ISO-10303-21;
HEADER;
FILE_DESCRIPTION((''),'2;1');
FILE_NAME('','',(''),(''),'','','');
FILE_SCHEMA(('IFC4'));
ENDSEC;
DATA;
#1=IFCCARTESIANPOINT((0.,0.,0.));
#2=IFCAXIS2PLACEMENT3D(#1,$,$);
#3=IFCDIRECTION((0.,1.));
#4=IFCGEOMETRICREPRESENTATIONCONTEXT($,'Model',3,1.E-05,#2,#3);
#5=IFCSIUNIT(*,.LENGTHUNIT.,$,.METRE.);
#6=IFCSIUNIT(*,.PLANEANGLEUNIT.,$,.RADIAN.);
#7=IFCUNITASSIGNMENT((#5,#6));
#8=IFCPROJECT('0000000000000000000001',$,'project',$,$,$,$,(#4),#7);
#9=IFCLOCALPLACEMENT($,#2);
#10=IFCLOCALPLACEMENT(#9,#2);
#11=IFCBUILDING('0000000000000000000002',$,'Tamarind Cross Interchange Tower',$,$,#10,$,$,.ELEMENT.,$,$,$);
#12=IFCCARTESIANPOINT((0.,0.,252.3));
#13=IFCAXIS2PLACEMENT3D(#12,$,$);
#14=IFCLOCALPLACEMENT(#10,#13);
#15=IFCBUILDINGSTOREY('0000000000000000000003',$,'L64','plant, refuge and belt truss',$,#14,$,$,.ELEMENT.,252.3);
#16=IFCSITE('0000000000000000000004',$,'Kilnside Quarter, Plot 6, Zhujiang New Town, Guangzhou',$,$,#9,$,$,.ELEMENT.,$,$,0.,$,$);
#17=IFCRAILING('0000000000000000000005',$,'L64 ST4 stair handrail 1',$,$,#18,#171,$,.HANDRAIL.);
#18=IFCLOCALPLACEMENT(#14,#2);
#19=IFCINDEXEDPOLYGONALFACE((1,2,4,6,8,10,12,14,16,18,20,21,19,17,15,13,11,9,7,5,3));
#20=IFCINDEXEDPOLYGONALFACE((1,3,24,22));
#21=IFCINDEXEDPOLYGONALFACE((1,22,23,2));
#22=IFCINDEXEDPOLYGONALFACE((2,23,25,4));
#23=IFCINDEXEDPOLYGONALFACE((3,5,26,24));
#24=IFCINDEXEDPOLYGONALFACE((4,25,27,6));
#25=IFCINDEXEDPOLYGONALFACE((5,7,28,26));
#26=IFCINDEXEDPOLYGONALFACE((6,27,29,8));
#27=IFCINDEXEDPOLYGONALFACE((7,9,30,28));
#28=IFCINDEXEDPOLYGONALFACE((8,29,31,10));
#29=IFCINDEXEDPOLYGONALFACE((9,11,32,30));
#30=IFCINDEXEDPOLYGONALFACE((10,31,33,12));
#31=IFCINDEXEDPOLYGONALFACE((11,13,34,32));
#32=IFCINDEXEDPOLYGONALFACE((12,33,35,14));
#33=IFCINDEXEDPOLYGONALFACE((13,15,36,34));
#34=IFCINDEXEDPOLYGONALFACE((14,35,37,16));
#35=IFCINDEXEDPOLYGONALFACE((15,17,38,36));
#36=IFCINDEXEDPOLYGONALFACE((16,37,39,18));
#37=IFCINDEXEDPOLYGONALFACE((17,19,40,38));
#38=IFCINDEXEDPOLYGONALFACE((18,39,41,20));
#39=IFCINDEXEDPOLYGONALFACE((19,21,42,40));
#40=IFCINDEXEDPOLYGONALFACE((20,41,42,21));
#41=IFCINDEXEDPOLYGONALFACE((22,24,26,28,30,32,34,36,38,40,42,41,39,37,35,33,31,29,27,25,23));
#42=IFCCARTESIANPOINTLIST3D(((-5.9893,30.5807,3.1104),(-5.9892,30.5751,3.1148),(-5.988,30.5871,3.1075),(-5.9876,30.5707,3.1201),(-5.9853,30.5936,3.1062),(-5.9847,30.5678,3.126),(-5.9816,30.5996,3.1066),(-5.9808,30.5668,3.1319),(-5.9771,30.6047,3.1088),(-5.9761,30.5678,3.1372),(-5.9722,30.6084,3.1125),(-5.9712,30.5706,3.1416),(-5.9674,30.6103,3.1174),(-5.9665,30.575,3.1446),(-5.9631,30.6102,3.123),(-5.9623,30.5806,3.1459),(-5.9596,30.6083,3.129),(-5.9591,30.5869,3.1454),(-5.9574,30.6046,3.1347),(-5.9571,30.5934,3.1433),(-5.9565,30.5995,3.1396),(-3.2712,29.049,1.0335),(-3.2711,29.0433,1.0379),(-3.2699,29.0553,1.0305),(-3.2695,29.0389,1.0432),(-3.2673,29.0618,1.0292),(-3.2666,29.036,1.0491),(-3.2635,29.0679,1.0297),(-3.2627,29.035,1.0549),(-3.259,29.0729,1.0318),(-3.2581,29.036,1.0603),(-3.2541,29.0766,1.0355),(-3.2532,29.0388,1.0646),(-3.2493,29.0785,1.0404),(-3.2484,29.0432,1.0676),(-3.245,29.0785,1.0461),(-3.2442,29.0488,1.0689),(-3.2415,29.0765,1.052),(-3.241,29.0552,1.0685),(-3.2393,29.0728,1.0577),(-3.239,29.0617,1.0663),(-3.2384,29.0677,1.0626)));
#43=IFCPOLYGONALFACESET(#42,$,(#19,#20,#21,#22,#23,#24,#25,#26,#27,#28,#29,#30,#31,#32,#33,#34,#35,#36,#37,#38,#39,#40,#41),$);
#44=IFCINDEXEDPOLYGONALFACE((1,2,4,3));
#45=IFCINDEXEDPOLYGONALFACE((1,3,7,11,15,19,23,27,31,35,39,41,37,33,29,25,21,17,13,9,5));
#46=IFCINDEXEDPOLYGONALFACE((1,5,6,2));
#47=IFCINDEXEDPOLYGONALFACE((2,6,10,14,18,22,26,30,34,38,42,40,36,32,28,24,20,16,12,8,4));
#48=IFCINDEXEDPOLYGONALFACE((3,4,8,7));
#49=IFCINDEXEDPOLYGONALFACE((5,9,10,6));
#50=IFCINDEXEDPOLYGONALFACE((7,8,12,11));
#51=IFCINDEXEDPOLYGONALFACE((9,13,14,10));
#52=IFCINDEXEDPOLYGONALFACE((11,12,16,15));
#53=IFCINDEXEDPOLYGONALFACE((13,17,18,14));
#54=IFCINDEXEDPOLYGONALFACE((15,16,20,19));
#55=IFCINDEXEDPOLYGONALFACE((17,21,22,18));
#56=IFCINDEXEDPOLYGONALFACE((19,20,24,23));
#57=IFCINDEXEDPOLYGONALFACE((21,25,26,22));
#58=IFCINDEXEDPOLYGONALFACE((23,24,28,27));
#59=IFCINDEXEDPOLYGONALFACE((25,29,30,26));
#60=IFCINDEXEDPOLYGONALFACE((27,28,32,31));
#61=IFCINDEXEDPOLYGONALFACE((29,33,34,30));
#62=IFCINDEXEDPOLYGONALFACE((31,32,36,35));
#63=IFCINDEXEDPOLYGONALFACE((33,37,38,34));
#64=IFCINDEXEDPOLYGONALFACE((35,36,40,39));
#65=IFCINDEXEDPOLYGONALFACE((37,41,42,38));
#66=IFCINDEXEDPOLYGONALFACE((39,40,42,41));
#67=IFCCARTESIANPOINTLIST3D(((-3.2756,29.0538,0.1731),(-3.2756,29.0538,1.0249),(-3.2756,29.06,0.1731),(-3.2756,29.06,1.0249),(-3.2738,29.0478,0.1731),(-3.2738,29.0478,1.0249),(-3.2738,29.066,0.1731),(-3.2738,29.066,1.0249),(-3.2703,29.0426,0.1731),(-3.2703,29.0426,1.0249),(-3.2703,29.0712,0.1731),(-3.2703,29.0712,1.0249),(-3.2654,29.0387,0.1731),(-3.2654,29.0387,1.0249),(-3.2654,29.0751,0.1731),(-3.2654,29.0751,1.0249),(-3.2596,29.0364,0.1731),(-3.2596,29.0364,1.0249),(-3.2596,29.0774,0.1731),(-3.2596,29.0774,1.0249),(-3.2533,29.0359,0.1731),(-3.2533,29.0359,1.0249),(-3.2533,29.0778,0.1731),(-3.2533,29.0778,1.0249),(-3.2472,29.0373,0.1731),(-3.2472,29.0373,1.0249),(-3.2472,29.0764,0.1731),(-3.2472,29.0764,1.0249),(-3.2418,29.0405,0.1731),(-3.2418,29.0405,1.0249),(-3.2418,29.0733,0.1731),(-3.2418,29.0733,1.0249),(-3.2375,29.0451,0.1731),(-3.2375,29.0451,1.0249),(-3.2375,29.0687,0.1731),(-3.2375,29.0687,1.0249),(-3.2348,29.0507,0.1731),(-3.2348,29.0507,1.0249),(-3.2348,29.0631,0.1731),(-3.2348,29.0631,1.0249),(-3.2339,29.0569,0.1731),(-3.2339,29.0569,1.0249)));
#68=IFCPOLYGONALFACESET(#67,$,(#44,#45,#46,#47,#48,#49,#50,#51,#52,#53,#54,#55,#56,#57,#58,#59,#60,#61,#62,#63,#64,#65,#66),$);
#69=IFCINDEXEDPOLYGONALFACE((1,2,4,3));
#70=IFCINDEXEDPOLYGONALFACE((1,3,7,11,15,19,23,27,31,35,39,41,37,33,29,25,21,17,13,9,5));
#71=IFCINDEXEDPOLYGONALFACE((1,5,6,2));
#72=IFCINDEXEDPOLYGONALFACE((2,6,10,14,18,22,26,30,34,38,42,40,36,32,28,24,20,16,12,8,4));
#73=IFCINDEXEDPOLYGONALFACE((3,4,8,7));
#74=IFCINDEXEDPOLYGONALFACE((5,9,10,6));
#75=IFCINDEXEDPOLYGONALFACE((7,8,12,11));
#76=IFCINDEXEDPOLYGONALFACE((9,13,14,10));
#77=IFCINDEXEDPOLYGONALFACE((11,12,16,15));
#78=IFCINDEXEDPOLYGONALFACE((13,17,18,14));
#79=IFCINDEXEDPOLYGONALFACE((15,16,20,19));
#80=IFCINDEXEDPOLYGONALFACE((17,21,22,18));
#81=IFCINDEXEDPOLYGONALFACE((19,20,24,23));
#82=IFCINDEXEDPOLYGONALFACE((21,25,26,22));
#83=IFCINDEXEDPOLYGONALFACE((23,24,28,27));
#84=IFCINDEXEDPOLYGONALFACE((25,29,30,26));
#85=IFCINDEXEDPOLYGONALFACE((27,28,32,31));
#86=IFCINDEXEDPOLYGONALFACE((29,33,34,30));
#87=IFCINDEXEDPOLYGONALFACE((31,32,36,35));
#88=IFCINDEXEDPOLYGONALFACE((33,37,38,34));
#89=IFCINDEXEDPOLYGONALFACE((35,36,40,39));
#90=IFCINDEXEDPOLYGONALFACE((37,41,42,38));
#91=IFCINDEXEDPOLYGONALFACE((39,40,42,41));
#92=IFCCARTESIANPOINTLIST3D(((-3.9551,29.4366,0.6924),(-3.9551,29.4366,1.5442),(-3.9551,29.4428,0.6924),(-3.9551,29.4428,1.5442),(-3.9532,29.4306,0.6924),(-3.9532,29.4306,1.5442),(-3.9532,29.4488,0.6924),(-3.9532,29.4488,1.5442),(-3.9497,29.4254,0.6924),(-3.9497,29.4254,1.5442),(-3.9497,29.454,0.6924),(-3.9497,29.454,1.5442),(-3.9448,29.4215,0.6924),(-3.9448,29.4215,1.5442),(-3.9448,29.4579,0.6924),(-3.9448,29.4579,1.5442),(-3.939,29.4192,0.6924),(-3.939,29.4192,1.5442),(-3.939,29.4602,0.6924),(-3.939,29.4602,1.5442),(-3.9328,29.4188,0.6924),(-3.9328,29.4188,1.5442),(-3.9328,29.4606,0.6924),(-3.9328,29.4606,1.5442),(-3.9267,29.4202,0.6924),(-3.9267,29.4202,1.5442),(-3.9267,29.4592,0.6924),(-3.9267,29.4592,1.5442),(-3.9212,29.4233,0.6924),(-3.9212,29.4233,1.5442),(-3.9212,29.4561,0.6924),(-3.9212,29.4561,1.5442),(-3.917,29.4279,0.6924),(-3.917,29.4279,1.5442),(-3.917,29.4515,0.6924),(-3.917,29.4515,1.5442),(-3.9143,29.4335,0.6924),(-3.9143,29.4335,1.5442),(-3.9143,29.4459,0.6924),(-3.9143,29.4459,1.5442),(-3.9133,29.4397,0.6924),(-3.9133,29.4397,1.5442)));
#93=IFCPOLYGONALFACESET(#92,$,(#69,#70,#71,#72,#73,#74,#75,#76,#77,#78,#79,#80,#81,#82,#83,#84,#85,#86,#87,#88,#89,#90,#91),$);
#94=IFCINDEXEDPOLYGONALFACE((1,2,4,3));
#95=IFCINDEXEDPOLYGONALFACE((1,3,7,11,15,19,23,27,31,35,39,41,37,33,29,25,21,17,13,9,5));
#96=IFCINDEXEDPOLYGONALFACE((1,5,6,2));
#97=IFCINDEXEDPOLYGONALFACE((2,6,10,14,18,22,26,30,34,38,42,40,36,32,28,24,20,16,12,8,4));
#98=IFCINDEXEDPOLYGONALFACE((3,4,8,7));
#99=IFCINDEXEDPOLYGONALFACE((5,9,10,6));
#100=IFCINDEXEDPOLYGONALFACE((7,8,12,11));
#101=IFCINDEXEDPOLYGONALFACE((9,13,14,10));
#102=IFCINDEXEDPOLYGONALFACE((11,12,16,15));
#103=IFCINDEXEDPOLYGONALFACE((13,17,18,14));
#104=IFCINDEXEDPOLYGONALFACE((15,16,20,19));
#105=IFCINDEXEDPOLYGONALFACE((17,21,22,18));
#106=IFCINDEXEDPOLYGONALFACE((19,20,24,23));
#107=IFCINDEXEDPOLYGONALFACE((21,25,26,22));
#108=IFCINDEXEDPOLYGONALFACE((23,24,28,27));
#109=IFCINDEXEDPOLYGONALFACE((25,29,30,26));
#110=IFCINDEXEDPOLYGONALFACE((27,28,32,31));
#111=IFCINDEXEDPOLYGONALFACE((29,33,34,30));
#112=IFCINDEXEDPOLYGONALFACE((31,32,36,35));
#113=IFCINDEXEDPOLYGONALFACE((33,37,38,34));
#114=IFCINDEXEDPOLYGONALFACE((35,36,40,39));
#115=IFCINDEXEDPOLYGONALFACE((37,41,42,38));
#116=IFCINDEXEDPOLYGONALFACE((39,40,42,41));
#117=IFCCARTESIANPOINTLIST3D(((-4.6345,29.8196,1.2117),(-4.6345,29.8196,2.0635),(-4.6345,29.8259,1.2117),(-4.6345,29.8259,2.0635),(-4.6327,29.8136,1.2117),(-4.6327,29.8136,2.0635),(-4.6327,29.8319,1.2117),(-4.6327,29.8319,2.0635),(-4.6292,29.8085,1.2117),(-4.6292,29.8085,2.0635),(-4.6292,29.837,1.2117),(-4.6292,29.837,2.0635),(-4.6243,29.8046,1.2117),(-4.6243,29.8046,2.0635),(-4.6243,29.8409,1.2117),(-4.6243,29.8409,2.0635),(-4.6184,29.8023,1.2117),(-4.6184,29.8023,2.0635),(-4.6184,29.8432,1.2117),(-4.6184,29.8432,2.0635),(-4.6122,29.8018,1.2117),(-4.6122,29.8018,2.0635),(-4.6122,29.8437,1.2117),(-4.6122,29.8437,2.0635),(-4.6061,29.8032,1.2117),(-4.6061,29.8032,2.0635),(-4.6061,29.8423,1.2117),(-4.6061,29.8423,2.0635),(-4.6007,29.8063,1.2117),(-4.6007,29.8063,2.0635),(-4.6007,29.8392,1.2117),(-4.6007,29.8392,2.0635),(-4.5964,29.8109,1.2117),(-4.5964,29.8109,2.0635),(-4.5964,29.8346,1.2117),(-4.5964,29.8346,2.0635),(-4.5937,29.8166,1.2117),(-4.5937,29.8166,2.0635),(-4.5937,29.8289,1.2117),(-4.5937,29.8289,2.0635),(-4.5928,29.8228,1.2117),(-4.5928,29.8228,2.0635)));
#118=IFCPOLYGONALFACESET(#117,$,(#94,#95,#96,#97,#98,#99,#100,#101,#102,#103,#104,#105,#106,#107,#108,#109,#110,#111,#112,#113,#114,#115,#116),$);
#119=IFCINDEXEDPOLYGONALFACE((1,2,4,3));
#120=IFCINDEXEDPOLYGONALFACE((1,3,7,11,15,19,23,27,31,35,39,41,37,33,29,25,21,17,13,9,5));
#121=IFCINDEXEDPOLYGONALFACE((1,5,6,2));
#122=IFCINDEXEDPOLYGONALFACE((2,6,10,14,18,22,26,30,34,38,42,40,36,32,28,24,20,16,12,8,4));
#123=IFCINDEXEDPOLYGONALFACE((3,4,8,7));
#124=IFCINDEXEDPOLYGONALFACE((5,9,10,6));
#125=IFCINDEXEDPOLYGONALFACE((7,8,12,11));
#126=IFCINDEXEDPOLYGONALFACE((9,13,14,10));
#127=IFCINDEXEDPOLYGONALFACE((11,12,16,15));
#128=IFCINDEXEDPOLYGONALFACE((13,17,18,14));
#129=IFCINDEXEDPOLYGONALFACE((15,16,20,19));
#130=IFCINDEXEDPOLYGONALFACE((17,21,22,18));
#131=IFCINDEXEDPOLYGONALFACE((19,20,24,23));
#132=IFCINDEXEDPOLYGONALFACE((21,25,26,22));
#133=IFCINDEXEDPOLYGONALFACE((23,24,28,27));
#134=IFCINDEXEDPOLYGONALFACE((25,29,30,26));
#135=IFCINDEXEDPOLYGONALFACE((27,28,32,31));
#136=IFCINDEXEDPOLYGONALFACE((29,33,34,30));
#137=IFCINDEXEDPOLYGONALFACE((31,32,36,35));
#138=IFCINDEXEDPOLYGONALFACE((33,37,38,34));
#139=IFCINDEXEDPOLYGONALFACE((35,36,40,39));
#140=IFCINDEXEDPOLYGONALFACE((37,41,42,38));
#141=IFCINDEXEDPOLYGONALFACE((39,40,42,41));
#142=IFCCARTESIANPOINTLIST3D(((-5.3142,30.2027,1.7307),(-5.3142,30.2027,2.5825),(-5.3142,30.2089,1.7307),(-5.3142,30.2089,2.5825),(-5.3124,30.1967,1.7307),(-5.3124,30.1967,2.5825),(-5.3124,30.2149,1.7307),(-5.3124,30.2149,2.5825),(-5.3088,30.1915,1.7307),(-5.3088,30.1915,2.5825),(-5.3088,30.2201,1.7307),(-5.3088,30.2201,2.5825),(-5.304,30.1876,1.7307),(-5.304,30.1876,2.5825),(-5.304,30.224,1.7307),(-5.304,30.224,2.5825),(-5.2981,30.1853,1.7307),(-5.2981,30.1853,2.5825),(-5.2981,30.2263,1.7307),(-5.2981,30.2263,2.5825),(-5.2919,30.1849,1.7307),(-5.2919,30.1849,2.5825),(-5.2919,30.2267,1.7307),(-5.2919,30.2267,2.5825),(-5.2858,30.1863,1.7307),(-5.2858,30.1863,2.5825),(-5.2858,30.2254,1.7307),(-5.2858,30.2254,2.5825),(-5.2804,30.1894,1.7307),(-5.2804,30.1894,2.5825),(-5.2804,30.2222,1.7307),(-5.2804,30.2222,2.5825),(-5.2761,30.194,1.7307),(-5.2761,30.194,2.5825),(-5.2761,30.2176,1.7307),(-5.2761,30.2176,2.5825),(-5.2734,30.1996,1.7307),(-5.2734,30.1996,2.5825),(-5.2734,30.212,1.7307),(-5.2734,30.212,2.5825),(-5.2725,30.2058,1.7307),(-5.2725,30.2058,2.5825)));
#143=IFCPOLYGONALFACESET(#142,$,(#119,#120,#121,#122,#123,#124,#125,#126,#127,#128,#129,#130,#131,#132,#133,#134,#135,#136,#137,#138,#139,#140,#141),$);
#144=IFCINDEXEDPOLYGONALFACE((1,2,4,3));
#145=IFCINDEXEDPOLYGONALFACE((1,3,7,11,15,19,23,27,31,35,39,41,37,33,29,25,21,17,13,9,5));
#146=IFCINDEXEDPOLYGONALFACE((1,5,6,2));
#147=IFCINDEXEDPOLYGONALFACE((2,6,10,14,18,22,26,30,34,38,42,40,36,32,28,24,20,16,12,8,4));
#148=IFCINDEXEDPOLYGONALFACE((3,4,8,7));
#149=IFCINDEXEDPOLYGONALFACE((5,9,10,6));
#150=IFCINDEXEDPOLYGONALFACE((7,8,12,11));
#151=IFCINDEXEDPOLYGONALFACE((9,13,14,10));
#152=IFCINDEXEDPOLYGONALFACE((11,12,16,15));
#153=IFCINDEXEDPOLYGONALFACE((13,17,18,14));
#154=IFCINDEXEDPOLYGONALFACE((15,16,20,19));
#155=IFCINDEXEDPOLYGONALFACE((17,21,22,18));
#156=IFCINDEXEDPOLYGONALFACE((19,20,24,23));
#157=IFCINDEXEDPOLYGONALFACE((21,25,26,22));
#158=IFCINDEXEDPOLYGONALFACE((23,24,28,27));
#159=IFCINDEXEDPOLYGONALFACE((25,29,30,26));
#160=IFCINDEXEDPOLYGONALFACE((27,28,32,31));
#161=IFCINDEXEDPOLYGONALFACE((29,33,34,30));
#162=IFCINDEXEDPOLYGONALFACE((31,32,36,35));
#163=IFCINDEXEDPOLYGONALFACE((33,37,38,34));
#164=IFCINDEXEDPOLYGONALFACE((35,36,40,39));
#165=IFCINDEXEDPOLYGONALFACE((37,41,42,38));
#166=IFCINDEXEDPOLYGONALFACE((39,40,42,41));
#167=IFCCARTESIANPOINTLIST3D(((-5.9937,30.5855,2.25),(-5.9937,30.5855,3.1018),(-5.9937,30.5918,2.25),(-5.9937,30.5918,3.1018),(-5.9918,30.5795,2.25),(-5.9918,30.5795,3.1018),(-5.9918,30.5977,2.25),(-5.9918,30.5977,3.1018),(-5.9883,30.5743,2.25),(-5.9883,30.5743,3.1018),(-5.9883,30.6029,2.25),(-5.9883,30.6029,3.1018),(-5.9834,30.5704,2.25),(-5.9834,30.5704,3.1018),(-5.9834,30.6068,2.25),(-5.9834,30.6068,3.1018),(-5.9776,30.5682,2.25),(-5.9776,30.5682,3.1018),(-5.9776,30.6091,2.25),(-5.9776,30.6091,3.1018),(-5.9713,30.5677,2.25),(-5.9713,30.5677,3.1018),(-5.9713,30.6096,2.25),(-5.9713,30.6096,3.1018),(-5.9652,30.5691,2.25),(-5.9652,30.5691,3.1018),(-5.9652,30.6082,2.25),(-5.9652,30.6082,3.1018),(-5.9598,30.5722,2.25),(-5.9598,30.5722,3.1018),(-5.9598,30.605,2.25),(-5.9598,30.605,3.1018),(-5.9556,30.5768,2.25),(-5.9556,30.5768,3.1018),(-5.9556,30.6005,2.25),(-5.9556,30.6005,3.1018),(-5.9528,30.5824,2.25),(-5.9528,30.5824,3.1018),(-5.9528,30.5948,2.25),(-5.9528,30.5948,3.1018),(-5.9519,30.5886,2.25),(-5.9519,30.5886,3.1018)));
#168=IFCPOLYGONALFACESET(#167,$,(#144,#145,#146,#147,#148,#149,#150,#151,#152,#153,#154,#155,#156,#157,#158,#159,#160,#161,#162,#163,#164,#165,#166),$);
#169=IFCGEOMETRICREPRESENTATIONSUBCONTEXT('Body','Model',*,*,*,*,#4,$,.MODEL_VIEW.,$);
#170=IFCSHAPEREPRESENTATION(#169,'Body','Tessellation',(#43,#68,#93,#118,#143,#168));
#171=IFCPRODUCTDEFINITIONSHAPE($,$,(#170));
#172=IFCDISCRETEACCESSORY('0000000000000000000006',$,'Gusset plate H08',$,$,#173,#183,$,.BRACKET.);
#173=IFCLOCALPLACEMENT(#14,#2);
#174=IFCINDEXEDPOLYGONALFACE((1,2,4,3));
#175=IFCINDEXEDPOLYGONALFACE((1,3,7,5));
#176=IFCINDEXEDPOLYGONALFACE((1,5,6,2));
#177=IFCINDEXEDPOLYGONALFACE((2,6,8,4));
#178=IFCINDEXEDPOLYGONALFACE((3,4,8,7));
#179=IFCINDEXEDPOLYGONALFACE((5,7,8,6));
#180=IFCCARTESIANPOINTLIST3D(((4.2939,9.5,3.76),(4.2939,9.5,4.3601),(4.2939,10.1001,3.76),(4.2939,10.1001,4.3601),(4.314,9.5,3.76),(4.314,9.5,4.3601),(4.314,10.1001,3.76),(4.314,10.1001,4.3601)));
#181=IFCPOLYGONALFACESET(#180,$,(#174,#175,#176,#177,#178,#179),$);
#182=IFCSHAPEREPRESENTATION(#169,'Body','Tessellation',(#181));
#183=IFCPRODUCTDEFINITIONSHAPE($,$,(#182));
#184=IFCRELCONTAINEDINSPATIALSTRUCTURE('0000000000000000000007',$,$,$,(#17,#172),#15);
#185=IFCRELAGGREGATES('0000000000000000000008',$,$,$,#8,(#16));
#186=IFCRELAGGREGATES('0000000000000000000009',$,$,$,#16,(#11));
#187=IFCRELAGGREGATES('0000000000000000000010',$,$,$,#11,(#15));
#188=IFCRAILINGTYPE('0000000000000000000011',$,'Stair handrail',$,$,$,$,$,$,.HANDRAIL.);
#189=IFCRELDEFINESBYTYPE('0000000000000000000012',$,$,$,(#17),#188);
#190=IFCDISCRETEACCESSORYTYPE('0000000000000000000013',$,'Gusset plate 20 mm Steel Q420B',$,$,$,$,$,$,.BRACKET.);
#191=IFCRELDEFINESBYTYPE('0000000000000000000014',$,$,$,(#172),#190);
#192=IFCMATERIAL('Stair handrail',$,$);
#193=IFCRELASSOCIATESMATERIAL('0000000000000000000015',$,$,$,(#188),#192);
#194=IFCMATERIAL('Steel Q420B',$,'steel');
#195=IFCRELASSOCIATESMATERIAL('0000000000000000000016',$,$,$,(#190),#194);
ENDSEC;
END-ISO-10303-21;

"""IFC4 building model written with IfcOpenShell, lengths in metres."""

from ifc_helpers import new_model, si_unit, direction, frame, origin, origin_2d, place, context, subcontext, project, spatial, rectangle, circle, extrude, material, type_object, element, save


model = new_model("IFC4")

# Units and contexts
model_context = context("Model", 3, precision=1e-05, world=origin(), true_north=direction((0.0, 1.0)))
body_context = subcontext(model_context, "Body", "Model", "MODEL_VIEW")
ifc_project = project(units=[si_unit("LENGTHUNIT", "METRE"), si_unit("PLANEANGLEUNIT", "RADIAN")], contexts=[model_context])

# Site, building, storey
site_placement = place(None, origin())
site = spatial("IfcSite", under=ifc_project, at=site_placement, Name="Kilnside Quarter, Plot 6, Zhujiang New Town, Guangzhou", CompositionType="ELEMENT", RefElevation=0.0)
building_placement = place(site_placement, origin())
building = spatial("IfcBuilding", under=site, at=building_placement, Name="Tamarind Cross Interchange Tower", CompositionType="ELEMENT")
storey_placement = place(building_placement, frame((0.0, 0.0, 252.3)))
storey = spatial("IfcBuildingStorey", under=building, at=storey_placement, Name="L64", Description="plant, refuge and belt truss", CompositionType="ELEMENT", Elevation=252.3)

# Shared definitions
ifc_material_1 = material(Name="Steel Q420B", Category="steel")

# Railing
ifc_material_2 = material(Name="Stair handrail")
railing_type = type_object("IfcRailingType", Name="Stair handrail", PredefinedType="HANDRAIL", material=ifc_material_2)
railing_placement = place(storey_placement, frame((-3.2549, 29.0569, 0.1731)))
element("IfcRailing", 1, at=railing_placement, inside=storey, type_object=railing_type, Name="L64 ST4 stair handrail 1", PredefinedType="HANDRAIL", context=body_context, shape_type="SweptSolid", body=[
    extrude(circle(Radius=0.0239, at=origin_2d()), frame((0.0, 0.0, 0.876), z_axis=(-0.725195, 0.408683, 0.554139), x_axis=(-0.490956, -0.871184, 0.0)), (0.0, 0.0, 1.0), 3.748),
    extrude(circle(Radius=0.021, at=origin_2d()), origin(), (0.0, 0.0, 1.0), 0.8518),
    extrude(circle(Radius=0.021, at=origin_2d()), frame((-0.6794, 0.3828, 0.5193)), (0.0, 0.0, 1.0), 0.8518),
    extrude(circle(Radius=0.021, at=origin_2d()), frame((-1.3589, 0.7659, 1.0386)), (0.0, 0.0, 1.0), 0.8518),
    extrude(circle(Radius=0.021, at=origin_2d()), frame((-2.0386, 1.1489, 1.5576)), (0.0, 0.0, 1.0), 0.8518),
    extrude(circle(Radius=0.021, at=origin_2d()), frame((-2.718, 1.5317, 2.0769)), (0.0, 0.0, 1.0), 0.8518),
])

# Discrete accessory
discrete_accessory_type = type_object("IfcDiscreteAccessoryType", Name="Gusset plate 20 mm Steel Q420B", PredefinedType="BRACKET", material=ifc_material_1)
discrete_accessory_placement = place(storey_placement, frame((4.304, 9.8, 3.76), z_axis=(0.0, 0.0, 1.0), x_axis=(1.0, 0.0, 0.0)))
element("IfcDiscreteAccessory", 2, at=discrete_accessory_placement, inside=storey, type_object=discrete_accessory_type, Name="Gusset plate H08", PredefinedType="BRACKET", context=body_context, shape_type="SweptSolid", body=[
    extrude(rectangle(XDim=0.02, YDim=0.6001, at=origin_2d()), origin(), (0.0, 0.0, 1.0), 0.6001),
])

save(model, "model.ifc")
